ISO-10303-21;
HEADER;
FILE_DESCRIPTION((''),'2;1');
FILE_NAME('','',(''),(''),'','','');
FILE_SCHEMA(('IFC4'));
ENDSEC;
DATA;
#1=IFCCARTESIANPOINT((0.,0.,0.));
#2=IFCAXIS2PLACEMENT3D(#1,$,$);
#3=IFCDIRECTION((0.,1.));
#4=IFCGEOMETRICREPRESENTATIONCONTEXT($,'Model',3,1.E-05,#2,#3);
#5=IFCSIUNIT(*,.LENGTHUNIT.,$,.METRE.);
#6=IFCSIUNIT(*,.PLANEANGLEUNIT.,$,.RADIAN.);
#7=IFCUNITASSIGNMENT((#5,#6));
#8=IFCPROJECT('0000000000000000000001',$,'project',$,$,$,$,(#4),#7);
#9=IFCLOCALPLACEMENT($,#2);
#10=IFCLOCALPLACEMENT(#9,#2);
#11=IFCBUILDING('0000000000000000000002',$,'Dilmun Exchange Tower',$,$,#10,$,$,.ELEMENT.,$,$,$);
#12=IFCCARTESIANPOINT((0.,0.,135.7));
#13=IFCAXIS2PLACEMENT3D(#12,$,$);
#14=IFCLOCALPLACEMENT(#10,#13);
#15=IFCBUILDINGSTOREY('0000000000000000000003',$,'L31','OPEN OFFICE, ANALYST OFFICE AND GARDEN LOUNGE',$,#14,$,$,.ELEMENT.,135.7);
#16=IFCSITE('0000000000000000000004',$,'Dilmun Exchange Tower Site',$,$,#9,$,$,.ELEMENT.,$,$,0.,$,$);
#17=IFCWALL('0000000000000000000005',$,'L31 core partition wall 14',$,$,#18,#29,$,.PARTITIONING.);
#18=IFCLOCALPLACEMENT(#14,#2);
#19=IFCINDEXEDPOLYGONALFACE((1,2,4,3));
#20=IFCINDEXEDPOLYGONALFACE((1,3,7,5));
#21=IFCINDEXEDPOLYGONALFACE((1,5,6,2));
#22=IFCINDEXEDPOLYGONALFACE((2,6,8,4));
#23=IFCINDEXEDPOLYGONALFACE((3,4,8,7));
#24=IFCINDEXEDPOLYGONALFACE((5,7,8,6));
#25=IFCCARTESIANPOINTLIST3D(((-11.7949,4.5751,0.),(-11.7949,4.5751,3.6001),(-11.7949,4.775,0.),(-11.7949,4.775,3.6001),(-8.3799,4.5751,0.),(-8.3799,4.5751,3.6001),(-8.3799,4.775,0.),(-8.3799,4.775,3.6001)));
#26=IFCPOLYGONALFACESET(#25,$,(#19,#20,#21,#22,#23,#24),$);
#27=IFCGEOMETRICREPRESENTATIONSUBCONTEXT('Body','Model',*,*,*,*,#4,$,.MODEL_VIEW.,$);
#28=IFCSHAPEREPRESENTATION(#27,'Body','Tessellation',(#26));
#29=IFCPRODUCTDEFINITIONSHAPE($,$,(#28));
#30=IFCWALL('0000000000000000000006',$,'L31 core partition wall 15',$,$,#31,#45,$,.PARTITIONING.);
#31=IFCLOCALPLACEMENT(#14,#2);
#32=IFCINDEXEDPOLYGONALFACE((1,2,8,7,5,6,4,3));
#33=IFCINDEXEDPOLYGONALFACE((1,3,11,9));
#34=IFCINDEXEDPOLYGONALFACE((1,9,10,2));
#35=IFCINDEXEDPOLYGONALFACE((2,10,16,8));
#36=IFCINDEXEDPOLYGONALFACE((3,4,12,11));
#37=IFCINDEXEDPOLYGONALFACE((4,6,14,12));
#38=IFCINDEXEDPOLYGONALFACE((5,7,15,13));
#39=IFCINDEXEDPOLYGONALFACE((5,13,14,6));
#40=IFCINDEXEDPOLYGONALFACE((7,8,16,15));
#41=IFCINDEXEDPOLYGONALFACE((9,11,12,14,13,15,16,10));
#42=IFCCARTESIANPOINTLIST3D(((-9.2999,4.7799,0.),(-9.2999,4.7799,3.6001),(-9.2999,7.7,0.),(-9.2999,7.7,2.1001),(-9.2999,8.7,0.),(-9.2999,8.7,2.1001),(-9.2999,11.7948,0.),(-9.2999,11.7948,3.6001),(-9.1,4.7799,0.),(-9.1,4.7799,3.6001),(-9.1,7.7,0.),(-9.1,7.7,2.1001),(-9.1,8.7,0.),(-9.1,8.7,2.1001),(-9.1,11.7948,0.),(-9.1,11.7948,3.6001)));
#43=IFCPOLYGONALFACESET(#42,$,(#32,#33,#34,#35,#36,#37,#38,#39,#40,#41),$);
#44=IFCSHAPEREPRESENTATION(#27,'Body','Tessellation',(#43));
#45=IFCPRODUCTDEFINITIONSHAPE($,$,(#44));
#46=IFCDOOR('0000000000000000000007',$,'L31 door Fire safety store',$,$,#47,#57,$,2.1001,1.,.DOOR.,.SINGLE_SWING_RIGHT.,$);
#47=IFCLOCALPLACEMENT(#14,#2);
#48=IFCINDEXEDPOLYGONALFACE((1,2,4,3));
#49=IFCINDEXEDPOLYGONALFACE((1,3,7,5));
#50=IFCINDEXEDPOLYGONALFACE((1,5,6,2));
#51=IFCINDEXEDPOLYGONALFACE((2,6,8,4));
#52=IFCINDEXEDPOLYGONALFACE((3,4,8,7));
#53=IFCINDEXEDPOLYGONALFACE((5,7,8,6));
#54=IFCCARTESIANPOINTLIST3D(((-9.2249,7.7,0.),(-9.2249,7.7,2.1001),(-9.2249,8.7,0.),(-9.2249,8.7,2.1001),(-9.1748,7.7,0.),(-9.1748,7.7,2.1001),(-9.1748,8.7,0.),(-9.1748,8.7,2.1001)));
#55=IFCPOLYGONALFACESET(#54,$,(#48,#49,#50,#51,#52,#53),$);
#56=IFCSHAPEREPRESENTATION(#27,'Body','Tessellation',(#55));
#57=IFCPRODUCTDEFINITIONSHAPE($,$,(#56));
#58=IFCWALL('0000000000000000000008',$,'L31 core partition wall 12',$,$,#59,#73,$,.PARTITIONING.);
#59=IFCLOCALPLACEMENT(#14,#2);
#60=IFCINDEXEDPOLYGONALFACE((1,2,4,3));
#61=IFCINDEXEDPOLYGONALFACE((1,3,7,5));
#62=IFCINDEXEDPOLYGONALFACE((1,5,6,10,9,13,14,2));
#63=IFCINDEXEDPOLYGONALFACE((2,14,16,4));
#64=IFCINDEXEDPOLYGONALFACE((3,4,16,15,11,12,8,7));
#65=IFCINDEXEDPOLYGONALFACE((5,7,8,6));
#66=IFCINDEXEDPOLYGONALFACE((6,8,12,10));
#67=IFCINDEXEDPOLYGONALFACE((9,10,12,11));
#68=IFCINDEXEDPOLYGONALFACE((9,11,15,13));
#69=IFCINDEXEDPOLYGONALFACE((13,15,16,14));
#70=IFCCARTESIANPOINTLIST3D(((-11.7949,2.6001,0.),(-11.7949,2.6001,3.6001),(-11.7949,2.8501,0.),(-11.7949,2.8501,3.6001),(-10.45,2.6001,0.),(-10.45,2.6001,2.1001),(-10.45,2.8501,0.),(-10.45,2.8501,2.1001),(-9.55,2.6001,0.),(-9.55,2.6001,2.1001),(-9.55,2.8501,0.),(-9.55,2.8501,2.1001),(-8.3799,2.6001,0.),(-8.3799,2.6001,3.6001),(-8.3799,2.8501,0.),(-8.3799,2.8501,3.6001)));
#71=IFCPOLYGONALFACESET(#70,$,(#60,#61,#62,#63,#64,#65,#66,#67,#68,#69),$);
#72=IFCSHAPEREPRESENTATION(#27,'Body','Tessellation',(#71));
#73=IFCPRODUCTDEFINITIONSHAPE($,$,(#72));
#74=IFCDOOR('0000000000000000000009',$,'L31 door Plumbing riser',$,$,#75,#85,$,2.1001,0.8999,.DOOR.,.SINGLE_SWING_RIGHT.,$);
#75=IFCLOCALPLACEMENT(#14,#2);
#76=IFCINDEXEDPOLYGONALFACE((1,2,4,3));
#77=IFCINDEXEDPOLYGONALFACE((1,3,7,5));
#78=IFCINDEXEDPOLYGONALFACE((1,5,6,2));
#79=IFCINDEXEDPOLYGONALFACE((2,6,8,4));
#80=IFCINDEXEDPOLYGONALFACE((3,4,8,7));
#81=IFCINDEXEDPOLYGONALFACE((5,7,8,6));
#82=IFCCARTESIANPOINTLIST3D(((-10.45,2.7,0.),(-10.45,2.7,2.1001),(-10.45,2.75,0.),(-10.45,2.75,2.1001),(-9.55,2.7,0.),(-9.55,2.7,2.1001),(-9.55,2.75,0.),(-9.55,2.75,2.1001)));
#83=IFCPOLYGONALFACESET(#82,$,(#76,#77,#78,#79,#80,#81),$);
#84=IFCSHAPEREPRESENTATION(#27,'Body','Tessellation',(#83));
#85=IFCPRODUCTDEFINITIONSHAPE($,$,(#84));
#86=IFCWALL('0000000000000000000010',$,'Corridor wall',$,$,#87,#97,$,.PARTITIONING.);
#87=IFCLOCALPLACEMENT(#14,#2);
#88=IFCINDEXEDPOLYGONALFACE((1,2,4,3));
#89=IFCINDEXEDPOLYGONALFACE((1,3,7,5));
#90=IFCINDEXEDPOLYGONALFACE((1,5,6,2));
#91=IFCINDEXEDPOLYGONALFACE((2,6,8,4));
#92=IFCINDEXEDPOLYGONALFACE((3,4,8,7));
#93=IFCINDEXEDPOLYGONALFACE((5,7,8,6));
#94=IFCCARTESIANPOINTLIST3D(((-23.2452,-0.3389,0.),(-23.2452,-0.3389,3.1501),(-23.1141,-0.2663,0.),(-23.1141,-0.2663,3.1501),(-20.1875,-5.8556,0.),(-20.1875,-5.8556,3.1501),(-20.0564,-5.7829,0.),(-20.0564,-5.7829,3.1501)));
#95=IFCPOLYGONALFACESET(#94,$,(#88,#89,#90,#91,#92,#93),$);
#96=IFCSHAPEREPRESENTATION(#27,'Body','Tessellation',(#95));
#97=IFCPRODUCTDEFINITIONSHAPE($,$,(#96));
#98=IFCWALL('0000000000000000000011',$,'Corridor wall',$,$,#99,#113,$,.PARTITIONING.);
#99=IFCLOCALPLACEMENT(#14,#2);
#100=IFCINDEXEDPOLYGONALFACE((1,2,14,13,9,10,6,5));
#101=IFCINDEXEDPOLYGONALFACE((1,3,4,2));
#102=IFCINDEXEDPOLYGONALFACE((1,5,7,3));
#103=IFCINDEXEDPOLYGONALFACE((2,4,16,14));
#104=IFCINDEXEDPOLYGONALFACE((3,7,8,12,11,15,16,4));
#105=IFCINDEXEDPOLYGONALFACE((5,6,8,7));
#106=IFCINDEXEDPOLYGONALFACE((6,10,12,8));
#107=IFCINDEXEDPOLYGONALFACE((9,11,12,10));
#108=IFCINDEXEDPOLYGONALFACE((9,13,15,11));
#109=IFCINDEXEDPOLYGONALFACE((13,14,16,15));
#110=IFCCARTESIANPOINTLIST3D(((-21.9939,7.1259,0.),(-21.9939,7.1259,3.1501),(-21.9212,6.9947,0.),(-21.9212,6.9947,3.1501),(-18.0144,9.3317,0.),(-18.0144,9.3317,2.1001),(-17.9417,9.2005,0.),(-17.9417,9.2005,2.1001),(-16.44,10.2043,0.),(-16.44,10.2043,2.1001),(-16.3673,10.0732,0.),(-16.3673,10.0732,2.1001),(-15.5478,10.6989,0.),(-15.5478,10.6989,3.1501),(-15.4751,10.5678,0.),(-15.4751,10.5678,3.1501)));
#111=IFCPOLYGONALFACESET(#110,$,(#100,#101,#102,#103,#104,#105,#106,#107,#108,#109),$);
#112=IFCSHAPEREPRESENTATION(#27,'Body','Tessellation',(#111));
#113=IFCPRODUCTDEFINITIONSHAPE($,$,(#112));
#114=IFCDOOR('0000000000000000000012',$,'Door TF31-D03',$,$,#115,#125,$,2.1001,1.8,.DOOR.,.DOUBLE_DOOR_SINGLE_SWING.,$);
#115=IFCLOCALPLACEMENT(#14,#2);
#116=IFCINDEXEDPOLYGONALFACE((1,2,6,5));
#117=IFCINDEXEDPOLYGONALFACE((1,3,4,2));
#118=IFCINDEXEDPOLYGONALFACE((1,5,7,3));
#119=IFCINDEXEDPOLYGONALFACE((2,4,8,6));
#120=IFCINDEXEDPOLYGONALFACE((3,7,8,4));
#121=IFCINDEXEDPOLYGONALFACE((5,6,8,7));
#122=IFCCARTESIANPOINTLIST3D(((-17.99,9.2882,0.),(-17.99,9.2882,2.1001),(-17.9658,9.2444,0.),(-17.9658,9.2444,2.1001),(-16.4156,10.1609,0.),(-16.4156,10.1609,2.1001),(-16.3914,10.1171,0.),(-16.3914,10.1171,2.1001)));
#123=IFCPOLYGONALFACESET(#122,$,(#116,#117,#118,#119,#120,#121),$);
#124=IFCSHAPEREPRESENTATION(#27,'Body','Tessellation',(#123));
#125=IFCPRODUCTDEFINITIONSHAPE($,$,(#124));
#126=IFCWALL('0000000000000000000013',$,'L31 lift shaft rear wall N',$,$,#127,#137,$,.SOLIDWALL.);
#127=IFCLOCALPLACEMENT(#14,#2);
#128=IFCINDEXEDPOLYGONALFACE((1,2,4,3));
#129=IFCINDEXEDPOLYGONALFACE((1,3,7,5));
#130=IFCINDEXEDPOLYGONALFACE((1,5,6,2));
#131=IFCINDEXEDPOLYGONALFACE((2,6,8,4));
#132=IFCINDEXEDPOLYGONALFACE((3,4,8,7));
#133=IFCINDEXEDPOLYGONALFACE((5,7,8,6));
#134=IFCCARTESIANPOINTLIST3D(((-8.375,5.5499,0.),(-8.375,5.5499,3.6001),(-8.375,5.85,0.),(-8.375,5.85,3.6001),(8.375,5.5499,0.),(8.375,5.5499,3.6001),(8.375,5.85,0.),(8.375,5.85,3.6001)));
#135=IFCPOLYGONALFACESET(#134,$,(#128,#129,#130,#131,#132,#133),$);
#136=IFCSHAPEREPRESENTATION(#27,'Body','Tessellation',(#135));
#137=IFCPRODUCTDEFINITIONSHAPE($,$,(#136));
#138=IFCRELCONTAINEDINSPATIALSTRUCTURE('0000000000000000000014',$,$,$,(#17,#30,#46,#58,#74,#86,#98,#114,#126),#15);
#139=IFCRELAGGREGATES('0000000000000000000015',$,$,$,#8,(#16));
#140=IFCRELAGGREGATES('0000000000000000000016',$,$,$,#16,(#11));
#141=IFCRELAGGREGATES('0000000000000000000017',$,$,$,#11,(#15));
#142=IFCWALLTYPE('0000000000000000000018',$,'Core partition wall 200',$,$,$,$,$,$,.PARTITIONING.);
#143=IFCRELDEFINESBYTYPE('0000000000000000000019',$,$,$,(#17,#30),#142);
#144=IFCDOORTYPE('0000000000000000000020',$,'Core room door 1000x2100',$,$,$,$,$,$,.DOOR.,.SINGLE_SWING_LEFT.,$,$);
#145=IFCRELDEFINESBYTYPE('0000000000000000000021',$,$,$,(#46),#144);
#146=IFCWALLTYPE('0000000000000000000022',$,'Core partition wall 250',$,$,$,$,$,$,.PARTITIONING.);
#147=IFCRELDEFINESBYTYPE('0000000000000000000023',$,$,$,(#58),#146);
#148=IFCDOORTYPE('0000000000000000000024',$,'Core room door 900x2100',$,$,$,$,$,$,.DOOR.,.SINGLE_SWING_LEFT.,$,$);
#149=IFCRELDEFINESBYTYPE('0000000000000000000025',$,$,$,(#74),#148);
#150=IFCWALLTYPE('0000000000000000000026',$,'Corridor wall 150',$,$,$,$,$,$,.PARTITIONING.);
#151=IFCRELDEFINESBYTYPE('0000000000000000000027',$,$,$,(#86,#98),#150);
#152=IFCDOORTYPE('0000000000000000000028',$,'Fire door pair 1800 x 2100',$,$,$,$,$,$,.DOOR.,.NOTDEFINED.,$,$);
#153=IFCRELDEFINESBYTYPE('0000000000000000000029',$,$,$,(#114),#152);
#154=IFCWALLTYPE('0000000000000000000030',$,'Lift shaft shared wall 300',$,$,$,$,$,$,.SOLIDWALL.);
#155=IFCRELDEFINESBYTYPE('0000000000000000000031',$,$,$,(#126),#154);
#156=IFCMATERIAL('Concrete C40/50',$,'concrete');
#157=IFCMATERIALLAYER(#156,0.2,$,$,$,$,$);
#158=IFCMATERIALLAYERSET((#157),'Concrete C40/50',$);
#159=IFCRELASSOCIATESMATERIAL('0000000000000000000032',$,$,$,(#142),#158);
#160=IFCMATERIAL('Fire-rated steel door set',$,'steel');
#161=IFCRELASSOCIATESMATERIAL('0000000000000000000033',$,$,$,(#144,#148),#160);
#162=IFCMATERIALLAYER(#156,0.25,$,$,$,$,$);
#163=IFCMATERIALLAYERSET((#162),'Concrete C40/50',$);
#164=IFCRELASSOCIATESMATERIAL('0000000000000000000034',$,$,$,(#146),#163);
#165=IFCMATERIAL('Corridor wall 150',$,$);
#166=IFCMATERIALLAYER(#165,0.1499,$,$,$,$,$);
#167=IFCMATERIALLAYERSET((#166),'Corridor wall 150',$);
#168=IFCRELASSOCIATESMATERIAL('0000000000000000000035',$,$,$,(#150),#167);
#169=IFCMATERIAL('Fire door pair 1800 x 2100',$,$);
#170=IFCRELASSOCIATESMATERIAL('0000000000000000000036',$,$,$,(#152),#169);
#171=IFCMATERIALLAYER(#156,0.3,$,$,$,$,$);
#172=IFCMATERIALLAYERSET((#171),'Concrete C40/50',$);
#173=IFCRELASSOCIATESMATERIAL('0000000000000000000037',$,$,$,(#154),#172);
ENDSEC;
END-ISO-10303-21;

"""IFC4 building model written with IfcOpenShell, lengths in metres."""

from ifc_helpers import new_model, si_unit, direction, frame, frame_2d, origin, place, context, subcontext, project, spatial, rectangle, extrude, material, layer, layer_set, type_object, element, fill, save


model = new_model("IFC4")

# Units and contexts
model_context = context("Model", 3, precision=1e-05, world=origin(), true_north=direction((0.0, 1.0)))
body_context = subcontext(model_context, "Body", "Model", "MODEL_VIEW")
ifc_project = project(units=[si_unit("LENGTHUNIT", "METRE"), si_unit("PLANEANGLEUNIT", "RADIAN")], contexts=[model_context])

# Site, building, storey
site_placement = place(None, origin())
site = spatial("IfcSite", under=ifc_project, at=site_placement, Name="Dilmun Exchange Tower Site", CompositionType="ELEMENT", RefElevation=0.0)
building_placement = place(site_placement, origin())
building = spatial("IfcBuilding", under=site, at=building_placement, Name="Dilmun Exchange Tower", CompositionType="ELEMENT")
storey_placement = place(building_placement, frame((0.0, 0.0, 135.7)))
storey = spatial("IfcBuildingStorey", under=building, at=storey_placement, Name="L31", Description="OPEN OFFICE, ANALYST OFFICE AND GARDEN LOUNGE", CompositionType="ELEMENT", Elevation=135.7)

# Wall
ifc_material_1 = material(Name="Concrete C40/50", Category="concrete")
ifc_layer_1 = layer(ifc_material_1, 0.2)
ifc_layer_set_1 = layer_set([ifc_layer_1], Name="Concrete C40/50")
wall_type_1 = type_object("IfcWallType", Name="Core partition wall 200", PredefinedType="PARTITIONING", material=ifc_layer_set_1)
wall_1_placement = place(storey_placement, frame((-11.7949, 4.675, 0.0), z_axis=(0.0, 0.0, 1.0), x_axis=(1.0, 0.0, 0.0)))
element("IfcWall", 1, at=wall_1_placement, inside=storey, type_object=wall_type_1, Name="L31 core partition wall 14", PredefinedType="PARTITIONING", context=body_context, shape_type="SweptSolid", body=[
    extrude(rectangle(XDim=3.415, YDim=0.2, at=frame_2d((1.7075, 0.0))), origin(), (0.0, 0.0, 1.0), 3.6001),
])

# Walls, openings, doors
wall_2_placement = place(storey_placement, frame((-9.2, 4.78, 0.0), z_axis=(0.0, 0.0, 1.0), x_axis=(0.0, 1.0, 0.0)))
wall_2 = element("IfcWall", 2, at=wall_2_placement, inside=storey, type_object=wall_type_1, Name="L31 core partition wall 15", PredefinedType="PARTITIONING", context=body_context, shape_type="SweptSolid", body=[
    extrude(rectangle(XDim=7.0149, YDim=0.2, at=frame_2d((3.5073, 0.0))), origin(), (0.0, 0.0, 1.0), 3.6001),
])
opening_1_placement = place(wall_2_placement, frame((2.9199, 0.0, 0.0)))
opening_1 = element("IfcOpeningElement", 3, at=opening_1_placement, cuts=wall_2, PredefinedType="OPENING", context=body_context, shape_type="SweptSolid", body=[
    extrude(rectangle(XDim=1.0, YDim=2.1001, at=frame_2d((0.5, 1.05))), frame((0.0, 0.1099, 0.0), z_axis=(0.0, -1.0, 0.0), x_axis=(1.0, 0.0, 0.0)), (0.0, 0.0, 1.0), 0.22),
])
ifc_material_2 = material(Name="Fire-rated steel door set", Category="steel")
door_type_1 = type_object("IfcDoorType", Name="Core room door 1000x2100", OperationType="SINGLE_SWING_LEFT", PredefinedType="DOOR", material=ifc_material_2)
door_1_placement = place(opening_1_placement, origin())
door_1 = element("IfcDoor", 4, at=door_1_placement, inside=storey, type_object=door_type_1, Name="L31 door Fire safety store", OperationType="SINGLE_SWING_RIGHT", OverallHeight=2.1001, OverallWidth=1.0, PredefinedType="DOOR", context=body_context, shape_type="SweptSolid", body=[
    extrude(rectangle(XDim=1.0, YDim=2.1001, at=frame_2d((0.5, 1.05))), frame((0.0, 0.0249, 0.0), z_axis=(0.0, -1.0, 0.0), x_axis=(1.0, 0.0, 0.0)), (0.0, 0.0, 1.0), 0.05),
])
fill(opening_1, door_1)
ifc_layer_2 = layer(ifc_material_1, 0.25)
ifc_layer_set_2 = layer_set([ifc_layer_2], Name="Concrete C40/50")
wall_type_2 = type_object("IfcWallType", Name="Core partition wall 250", PredefinedType="PARTITIONING", material=ifc_layer_set_2)
wall_3_placement = place(storey_placement, frame((-11.7949, 2.7251, 0.0), z_axis=(0.0, 0.0, 1.0), x_axis=(1.0, 0.0, 0.0)))
wall_3 = element("IfcWall", 5, at=wall_3_placement, inside=storey, type_object=wall_type_2, Name="L31 core partition wall 12", PredefinedType="PARTITIONING", context=body_context, shape_type="SweptSolid", body=[
    extrude(rectangle(XDim=3.415, YDim=0.25, at=frame_2d((1.7075, 0.0))), origin(), (0.0, 0.0, 1.0), 3.6001),
])
opening_2_placement = place(wall_3_placement, frame((1.345, 0.0, 0.0)))
opening_2 = element("IfcOpeningElement", 6, at=opening_2_placement, cuts=wall_3, PredefinedType="OPENING", context=body_context, shape_type="SweptSolid", body=[
    extrude(rectangle(XDim=0.8999, YDim=2.1001, at=frame_2d((0.45, 1.05))), frame((0.0, 0.135, 0.0), z_axis=(0.0, -1.0, 0.0), x_axis=(1.0, 0.0, 0.0)), (0.0, 0.0, 1.0), 0.27),
])
door_type_2 = type_object("IfcDoorType", Name="Core room door 900x2100", OperationType="SINGLE_SWING_LEFT", PredefinedType="DOOR", material=ifc_material_2)
door_2_placement = place(opening_2_placement, origin())
door_2 = element("IfcDoor", 7, at=door_2_placement, inside=storey, type_object=door_type_2, Name="L31 door Plumbing riser", OperationType="SINGLE_SWING_RIGHT", OverallHeight=2.1001, OverallWidth=0.8999, PredefinedType="DOOR", context=body_context, shape_type="SweptSolid", body=[
    extrude(rectangle(XDim=0.8999, YDim=2.1001, at=frame_2d((0.45, 1.05))), frame((0.0, 0.0249, 0.0), z_axis=(0.0, -1.0, 0.0), x_axis=(1.0, 0.0, 0.0)), (0.0, 0.0, 1.0), 0.05),
])
fill(opening_2, door_2)

# Wall
ifc_material_3 = material(Name="Corridor wall 150")
ifc_layer_3 = layer(ifc_material_3, 0.1499)
ifc_layer_set_3 = layer_set([ifc_layer_3], Name="Corridor wall 150")
wall_type_3 = type_object("IfcWallType", Name="Corridor wall 150", PredefinedType="PARTITIONING", material=ifc_layer_set_3)
wall_4_placement = place(storey_placement, frame((-23.1797, -0.3025, 0.0), z_axis=(0.0, 0.0, 1.0), x_axis=(0.484775, -0.874639, 0.0)))
element("IfcWall", 8, at=wall_4_placement, inside=storey, type_object=wall_type_3, Name="Corridor wall", PredefinedType="PARTITIONING", context=body_context, shape_type="SweptSolid", body=[
    extrude(rectangle(XDim=6.3074, YDim=0.1499, at=frame_2d((3.1538, 0.0))), origin(), (0.0, 0.0, 1.0), 3.1501),
])

# Wall, opening, door
wall_5_placement = place(storey_placement, frame((-21.9575, 7.0603, 0.0), z_axis=(0.0, 0.0, 1.0), x_axis=(0.874626, 0.484799, 0.0)))
wall_5 = element("IfcWall", 9, at=wall_5_placement, inside=storey, type_object=wall_type_3, Name="Corridor wall", PredefinedType="PARTITIONING", context=body_context, shape_type="SweptSolid", body=[
    extrude(rectangle(XDim=7.3701, YDim=0.1499, at=frame_2d((3.6851, 0.0))), origin(), (0.0, 0.0, 1.0), 3.1501),
])
opening_3_placement = place(wall_5_placement, frame((4.55, 0.0, 0.0)))
opening_3 = element("IfcOpeningElement", 10, at=opening_3_placement, cuts=wall_5, PredefinedType="OPENING", context=body_context, shape_type="SweptSolid", body=[
    extrude(rectangle(XDim=1.8, YDim=2.1001, at=frame_2d((0.8999, 1.05))), frame((0.0, 0.085, 0.0), z_axis=(0.0, -1.0, 0.0), x_axis=(1.0, 0.0, 0.0)), (0.0, 0.0, 1.0), 0.1699),
])
ifc_material_4 = material(Name="Fire door pair 1800 x 2100")
door_type_3 = type_object("IfcDoorType", Name="Fire door pair 1800 x 2100", OperationType="NOTDEFINED", PredefinedType="DOOR", material=ifc_material_4)
door_3_placement = place(opening_3_placement, frame((1.8, 0.0, 0.0), z_axis=(0.0, 0.0, 1.0), x_axis=(-1.0, 0.0, 0.0)))
door_3 = element("IfcDoor", 11, at=door_3_placement, inside=storey, type_object=door_type_3, Name="Door TF31-D03", OperationType="DOUBLE_DOOR_SINGLE_SWING", OverallHeight=2.1001, OverallWidth=1.8, PredefinedType="DOOR", context=body_context, shape_type="SweptSolid", body=[
    extrude(rectangle(XDim=1.8, YDim=2.1001, at=frame_2d((0.8999, 1.05))), frame((0.0, 0.0249, 0.0), z_axis=(0.0, -1.0, 0.0), x_axis=(1.0, 0.0, 0.0)), (0.0, 0.0, 1.0), 0.05),
])
fill(opening_3, door_3)

# Wall
ifc_layer_4 = layer(ifc_material_1, 0.3)
ifc_layer_set_4 = layer_set([ifc_layer_4], Name="Concrete C40/50")
wall_type_4 = type_object("IfcWallType", Name="Lift shaft shared wall 300", PredefinedType="SOLIDWALL", material=ifc_layer_set_4)
wall_6_placement = place(storey_placement, frame((-8.375, 5.7, 0.0), z_axis=(0.0, 0.0, 1.0), x_axis=(1.0, 0.0, 0.0)))
element("IfcWall", 12, at=wall_6_placement, inside=storey, type_object=wall_type_4, Name="L31 lift shaft rear wall N", PredefinedType="SOLIDWALL", context=body_context, shape_type="SweptSolid", body=[
    extrude(rectangle(XDim=16.75, YDim=0.3, at=frame_2d((8.375, 0.0))), origin(), (0.0, 0.0, 1.0), 3.6001),
])

save(model, "model.ifc")
